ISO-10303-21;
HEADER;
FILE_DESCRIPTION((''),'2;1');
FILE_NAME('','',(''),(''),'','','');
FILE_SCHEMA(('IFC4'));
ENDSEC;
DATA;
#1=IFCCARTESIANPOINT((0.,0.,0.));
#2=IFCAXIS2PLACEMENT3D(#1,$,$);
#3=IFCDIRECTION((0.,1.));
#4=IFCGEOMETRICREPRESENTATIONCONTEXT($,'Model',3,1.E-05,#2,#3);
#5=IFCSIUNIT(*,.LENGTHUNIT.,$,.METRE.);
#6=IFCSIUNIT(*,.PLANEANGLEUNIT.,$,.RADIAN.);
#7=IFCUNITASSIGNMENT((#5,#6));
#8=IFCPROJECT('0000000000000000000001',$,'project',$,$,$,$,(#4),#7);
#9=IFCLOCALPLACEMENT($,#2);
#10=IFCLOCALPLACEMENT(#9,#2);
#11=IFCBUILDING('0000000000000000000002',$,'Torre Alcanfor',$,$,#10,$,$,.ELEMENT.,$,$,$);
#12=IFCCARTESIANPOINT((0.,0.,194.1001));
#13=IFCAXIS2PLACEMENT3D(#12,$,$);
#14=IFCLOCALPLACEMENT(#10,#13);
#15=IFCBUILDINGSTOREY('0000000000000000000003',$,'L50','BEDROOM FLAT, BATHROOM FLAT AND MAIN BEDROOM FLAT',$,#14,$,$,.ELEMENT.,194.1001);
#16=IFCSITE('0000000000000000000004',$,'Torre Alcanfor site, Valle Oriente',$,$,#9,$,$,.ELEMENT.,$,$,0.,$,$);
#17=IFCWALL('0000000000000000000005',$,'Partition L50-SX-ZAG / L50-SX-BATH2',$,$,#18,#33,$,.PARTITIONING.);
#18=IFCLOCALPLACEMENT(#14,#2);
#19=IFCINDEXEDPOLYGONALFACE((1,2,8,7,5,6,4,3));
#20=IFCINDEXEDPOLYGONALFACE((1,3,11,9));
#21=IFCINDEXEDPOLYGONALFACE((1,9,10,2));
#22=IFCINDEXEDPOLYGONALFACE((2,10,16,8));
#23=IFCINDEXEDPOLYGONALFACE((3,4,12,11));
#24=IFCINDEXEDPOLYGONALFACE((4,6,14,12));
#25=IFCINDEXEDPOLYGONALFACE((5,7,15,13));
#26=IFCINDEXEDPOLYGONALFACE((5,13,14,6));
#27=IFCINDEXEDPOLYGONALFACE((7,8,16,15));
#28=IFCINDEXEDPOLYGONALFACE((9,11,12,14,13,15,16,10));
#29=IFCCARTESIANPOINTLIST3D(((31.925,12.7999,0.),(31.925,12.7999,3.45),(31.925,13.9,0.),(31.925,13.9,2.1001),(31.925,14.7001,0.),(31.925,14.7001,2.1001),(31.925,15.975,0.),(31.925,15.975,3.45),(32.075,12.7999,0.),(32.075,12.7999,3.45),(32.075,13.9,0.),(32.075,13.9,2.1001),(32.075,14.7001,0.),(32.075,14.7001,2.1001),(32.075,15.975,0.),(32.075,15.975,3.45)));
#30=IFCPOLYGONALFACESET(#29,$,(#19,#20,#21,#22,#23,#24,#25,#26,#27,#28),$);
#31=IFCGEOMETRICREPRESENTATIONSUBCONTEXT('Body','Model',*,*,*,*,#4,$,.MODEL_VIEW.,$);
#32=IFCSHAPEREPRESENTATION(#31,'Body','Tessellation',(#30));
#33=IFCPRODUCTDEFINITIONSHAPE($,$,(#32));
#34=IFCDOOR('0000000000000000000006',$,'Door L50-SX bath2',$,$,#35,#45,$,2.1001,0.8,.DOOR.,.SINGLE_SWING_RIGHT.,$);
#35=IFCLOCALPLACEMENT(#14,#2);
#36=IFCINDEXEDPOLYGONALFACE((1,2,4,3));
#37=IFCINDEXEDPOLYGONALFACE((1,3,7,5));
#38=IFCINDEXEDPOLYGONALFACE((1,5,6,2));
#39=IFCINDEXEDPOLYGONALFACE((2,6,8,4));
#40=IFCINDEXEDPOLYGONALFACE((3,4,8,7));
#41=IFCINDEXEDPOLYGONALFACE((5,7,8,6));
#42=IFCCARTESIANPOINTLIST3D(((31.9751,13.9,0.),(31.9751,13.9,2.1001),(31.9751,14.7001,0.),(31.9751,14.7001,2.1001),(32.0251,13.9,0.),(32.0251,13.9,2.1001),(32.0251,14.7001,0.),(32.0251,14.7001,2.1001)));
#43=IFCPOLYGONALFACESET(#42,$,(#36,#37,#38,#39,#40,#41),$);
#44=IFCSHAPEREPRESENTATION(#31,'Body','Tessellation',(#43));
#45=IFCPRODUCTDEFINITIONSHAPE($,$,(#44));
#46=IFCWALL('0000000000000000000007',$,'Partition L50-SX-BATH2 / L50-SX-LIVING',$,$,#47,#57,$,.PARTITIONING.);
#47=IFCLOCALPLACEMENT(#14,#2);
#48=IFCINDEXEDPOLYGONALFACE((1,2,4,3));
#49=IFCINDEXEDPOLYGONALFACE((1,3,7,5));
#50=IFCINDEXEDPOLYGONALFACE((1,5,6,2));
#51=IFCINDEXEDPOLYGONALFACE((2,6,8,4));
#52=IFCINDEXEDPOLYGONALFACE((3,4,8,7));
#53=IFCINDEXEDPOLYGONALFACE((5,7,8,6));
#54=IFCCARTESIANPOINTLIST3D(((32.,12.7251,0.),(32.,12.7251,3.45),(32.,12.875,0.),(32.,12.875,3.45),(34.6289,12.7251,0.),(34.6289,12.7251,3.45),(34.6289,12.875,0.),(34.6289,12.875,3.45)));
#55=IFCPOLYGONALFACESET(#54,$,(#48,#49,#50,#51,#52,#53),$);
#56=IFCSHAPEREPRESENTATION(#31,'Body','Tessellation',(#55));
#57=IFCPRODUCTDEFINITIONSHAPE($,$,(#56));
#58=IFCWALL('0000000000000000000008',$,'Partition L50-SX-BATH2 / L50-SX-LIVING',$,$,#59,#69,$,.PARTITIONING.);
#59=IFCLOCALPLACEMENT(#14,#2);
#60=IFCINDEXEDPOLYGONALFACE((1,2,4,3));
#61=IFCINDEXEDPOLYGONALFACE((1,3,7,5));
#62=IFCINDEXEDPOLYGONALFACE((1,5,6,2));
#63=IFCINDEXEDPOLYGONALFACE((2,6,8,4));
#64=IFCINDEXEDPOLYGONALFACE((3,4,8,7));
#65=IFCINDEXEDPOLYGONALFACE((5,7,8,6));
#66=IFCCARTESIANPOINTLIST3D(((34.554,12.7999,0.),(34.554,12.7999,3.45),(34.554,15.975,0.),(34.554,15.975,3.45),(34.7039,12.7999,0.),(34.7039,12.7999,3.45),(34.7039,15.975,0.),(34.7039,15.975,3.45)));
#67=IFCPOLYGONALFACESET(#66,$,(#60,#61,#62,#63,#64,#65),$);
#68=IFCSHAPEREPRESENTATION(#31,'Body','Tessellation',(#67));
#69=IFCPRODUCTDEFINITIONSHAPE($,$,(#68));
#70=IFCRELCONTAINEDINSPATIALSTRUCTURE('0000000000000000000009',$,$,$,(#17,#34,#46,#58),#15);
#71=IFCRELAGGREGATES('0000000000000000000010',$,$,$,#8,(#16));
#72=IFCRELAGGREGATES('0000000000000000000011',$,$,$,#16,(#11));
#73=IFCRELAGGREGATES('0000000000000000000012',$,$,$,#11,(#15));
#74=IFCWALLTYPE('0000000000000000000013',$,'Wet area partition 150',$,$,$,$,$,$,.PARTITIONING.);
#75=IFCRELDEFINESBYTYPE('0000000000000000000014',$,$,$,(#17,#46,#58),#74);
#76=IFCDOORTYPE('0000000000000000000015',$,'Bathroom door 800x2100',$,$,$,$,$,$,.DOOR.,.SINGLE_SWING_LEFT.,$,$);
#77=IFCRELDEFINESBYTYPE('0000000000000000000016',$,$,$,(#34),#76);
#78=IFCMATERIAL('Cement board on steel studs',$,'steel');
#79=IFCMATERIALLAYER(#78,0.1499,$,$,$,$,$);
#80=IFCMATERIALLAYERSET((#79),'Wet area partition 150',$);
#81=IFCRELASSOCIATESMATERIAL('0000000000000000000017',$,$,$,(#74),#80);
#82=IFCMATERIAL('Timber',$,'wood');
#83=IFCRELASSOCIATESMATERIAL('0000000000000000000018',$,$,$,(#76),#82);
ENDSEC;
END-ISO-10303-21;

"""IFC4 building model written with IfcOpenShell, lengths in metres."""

from ifc_helpers import new_model, si_unit, direction, frame, frame_2d, origin, place, context, subcontext, project, spatial, rectangle, extrude, material, layer, layer_set, type_object, element, fill, save


model = new_model("IFC4")

# Units and contexts
model_context = context("Model", 3, precision=1e-05, world=origin(), true_north=direction((0.0, 1.0)))
body_context = subcontext(model_context, "Body", "Model", "MODEL_VIEW")
ifc_project = project(units=[si_unit("LENGTHUNIT", "METRE"), si_unit("PLANEANGLEUNIT", "RADIAN")], contexts=[model_context])

# Site, building, storey
site_placement = place(None, origin())
site = spatial("IfcSite", under=ifc_project, at=site_placement, Name="Torre Alcanfor site, Valle Oriente", CompositionType="ELEMENT", RefElevation=0.0)
building_placement = place(site_placement, origin())
building = spatial("IfcBuilding", under=site, at=building_placement, Name="Torre Alcanfor", CompositionType="ELEMENT")
storey_placement = place(building_placement, frame((0.0, 0.0, 194.1001)))
storey = spatial("IfcBuildingStorey", under=building, at=storey_placement, Name="L50", Description="BEDROOM FLAT, BATHROOM FLAT AND MAIN BEDROOM FLAT", CompositionType="ELEMENT", Elevation=194.1001)

# Wall, opening, door
ifc_material_1 = material(Name="Cement board on steel studs", Category="steel")
ifc_layer_1 = layer(ifc_material_1, 0.1499)
ifc_layer_set_1 = layer_set([ifc_layer_1], Name="Wet area partition 150")
wall_type_1 = type_object("IfcWallType", Name="Wet area partition 150", PredefinedType="PARTITIONING", material=ifc_layer_set_1)
wall_1_placement = place(storey_placement, frame((32.0, 12.8, 0.0), z_axis=(0.0, 0.0, 1.0), x_axis=(0.0, 1.0, 0.0)))
wall_1 = element("IfcWall", 1, at=wall_1_placement, inside=storey, type_object=wall_type_1, Name="Partition L50-SX-ZAG / L50-SX-BATH2", PredefinedType="PARTITIONING", context=body_context, shape_type="SweptSolid", body=[
    extrude(rectangle(XDim=3.175, YDim=0.1499, at=frame_2d((1.5874, 0.0))), origin(), (0.0, 0.0, 1.0), 3.45),
])
opening_1_placement = place(wall_1_placement, frame((1.1001, 0.0, 0.0)))
opening_1 = element("IfcOpeningElement", 2, at=opening_1_placement, cuts=wall_1, PredefinedType="OPENING", context=body_context, shape_type="SweptSolid", body=[
    extrude(rectangle(XDim=0.8, YDim=2.1001, at=frame_2d((0.3999, 1.05))), frame((0.0, 0.085, 0.0), z_axis=(0.0, -1.0, 0.0), x_axis=(1.0, 0.0, 0.0)), (0.0, 0.0, 1.0), 0.1699),
])
ifc_material_2 = material(Name="Timber", Category="wood")
door_type_1 = type_object("IfcDoorType", Name="Bathroom door 800x2100", OperationType="SINGLE_SWING_LEFT", PredefinedType="DOOR", material=ifc_material_2)
door_1_placement = place(opening_1_placement, frame((0.8, 0.0, 0.0), z_axis=(0.0, 0.0, 1.0), x_axis=(-1.0, 0.0, 0.0)))
door_1 = element("IfcDoor", 3, at=door_1_placement, inside=storey, type_object=door_type_1, Name="Door L50-SX bath2", OperationType="SINGLE_SWING_RIGHT", OverallHeight=2.1001, OverallWidth=0.8, PredefinedType="DOOR", context=body_context, shape_type="SweptSolid", body=[
    extrude(rectangle(XDim=0.8, YDim=2.1001, at=frame_2d((0.4001, 1.05))), frame((0.0, 0.0251, 0.0), z_axis=(0.0, -1.0, 0.0), x_axis=(1.0, 0.0, 0.0)), (0.0, 0.0, 1.0), 0.05),
])
fill(opening_1, door_1)

# Walls
wall_2_placement = place(storey_placement, frame((32.0, 12.8, 0.0), z_axis=(0.0, 0.0, 1.0), x_axis=(1.0, 0.0, 0.0)))
element("IfcWall", 4, at=wall_2_placement, inside=storey, type_object=wall_type_1, Name="Partition L50-SX-BATH2 / L50-SX-LIVING", PredefinedType="PARTITIONING", context=body_context, shape_type="SweptSolid", body=[
    extrude(rectangle(XDim=2.6289, YDim=0.1499, at=frame_2d((1.3145, 0.0))), origin(), (0.0, 0.0, 1.0), 3.45),
])
wall_3_placement = place(storey_placement, frame((34.6289, 12.8, 0.0), z_axis=(0.0, 0.0, 1.0), x_axis=(0.0, 1.0, 0.0)))
element("IfcWall", 5, at=wall_3_placement, inside=storey, type_object=wall_type_1, Name="Partition L50-SX-BATH2 / L50-SX-LIVING", PredefinedType="PARTITIONING", context=body_context, shape_type="SweptSolid", body=[
    extrude(rectangle(XDim=3.175, YDim=0.1499, at=frame_2d((1.5874, 0.0))), origin(), (0.0, 0.0, 1.0), 3.45),
])

save(model, "model.ifc")
